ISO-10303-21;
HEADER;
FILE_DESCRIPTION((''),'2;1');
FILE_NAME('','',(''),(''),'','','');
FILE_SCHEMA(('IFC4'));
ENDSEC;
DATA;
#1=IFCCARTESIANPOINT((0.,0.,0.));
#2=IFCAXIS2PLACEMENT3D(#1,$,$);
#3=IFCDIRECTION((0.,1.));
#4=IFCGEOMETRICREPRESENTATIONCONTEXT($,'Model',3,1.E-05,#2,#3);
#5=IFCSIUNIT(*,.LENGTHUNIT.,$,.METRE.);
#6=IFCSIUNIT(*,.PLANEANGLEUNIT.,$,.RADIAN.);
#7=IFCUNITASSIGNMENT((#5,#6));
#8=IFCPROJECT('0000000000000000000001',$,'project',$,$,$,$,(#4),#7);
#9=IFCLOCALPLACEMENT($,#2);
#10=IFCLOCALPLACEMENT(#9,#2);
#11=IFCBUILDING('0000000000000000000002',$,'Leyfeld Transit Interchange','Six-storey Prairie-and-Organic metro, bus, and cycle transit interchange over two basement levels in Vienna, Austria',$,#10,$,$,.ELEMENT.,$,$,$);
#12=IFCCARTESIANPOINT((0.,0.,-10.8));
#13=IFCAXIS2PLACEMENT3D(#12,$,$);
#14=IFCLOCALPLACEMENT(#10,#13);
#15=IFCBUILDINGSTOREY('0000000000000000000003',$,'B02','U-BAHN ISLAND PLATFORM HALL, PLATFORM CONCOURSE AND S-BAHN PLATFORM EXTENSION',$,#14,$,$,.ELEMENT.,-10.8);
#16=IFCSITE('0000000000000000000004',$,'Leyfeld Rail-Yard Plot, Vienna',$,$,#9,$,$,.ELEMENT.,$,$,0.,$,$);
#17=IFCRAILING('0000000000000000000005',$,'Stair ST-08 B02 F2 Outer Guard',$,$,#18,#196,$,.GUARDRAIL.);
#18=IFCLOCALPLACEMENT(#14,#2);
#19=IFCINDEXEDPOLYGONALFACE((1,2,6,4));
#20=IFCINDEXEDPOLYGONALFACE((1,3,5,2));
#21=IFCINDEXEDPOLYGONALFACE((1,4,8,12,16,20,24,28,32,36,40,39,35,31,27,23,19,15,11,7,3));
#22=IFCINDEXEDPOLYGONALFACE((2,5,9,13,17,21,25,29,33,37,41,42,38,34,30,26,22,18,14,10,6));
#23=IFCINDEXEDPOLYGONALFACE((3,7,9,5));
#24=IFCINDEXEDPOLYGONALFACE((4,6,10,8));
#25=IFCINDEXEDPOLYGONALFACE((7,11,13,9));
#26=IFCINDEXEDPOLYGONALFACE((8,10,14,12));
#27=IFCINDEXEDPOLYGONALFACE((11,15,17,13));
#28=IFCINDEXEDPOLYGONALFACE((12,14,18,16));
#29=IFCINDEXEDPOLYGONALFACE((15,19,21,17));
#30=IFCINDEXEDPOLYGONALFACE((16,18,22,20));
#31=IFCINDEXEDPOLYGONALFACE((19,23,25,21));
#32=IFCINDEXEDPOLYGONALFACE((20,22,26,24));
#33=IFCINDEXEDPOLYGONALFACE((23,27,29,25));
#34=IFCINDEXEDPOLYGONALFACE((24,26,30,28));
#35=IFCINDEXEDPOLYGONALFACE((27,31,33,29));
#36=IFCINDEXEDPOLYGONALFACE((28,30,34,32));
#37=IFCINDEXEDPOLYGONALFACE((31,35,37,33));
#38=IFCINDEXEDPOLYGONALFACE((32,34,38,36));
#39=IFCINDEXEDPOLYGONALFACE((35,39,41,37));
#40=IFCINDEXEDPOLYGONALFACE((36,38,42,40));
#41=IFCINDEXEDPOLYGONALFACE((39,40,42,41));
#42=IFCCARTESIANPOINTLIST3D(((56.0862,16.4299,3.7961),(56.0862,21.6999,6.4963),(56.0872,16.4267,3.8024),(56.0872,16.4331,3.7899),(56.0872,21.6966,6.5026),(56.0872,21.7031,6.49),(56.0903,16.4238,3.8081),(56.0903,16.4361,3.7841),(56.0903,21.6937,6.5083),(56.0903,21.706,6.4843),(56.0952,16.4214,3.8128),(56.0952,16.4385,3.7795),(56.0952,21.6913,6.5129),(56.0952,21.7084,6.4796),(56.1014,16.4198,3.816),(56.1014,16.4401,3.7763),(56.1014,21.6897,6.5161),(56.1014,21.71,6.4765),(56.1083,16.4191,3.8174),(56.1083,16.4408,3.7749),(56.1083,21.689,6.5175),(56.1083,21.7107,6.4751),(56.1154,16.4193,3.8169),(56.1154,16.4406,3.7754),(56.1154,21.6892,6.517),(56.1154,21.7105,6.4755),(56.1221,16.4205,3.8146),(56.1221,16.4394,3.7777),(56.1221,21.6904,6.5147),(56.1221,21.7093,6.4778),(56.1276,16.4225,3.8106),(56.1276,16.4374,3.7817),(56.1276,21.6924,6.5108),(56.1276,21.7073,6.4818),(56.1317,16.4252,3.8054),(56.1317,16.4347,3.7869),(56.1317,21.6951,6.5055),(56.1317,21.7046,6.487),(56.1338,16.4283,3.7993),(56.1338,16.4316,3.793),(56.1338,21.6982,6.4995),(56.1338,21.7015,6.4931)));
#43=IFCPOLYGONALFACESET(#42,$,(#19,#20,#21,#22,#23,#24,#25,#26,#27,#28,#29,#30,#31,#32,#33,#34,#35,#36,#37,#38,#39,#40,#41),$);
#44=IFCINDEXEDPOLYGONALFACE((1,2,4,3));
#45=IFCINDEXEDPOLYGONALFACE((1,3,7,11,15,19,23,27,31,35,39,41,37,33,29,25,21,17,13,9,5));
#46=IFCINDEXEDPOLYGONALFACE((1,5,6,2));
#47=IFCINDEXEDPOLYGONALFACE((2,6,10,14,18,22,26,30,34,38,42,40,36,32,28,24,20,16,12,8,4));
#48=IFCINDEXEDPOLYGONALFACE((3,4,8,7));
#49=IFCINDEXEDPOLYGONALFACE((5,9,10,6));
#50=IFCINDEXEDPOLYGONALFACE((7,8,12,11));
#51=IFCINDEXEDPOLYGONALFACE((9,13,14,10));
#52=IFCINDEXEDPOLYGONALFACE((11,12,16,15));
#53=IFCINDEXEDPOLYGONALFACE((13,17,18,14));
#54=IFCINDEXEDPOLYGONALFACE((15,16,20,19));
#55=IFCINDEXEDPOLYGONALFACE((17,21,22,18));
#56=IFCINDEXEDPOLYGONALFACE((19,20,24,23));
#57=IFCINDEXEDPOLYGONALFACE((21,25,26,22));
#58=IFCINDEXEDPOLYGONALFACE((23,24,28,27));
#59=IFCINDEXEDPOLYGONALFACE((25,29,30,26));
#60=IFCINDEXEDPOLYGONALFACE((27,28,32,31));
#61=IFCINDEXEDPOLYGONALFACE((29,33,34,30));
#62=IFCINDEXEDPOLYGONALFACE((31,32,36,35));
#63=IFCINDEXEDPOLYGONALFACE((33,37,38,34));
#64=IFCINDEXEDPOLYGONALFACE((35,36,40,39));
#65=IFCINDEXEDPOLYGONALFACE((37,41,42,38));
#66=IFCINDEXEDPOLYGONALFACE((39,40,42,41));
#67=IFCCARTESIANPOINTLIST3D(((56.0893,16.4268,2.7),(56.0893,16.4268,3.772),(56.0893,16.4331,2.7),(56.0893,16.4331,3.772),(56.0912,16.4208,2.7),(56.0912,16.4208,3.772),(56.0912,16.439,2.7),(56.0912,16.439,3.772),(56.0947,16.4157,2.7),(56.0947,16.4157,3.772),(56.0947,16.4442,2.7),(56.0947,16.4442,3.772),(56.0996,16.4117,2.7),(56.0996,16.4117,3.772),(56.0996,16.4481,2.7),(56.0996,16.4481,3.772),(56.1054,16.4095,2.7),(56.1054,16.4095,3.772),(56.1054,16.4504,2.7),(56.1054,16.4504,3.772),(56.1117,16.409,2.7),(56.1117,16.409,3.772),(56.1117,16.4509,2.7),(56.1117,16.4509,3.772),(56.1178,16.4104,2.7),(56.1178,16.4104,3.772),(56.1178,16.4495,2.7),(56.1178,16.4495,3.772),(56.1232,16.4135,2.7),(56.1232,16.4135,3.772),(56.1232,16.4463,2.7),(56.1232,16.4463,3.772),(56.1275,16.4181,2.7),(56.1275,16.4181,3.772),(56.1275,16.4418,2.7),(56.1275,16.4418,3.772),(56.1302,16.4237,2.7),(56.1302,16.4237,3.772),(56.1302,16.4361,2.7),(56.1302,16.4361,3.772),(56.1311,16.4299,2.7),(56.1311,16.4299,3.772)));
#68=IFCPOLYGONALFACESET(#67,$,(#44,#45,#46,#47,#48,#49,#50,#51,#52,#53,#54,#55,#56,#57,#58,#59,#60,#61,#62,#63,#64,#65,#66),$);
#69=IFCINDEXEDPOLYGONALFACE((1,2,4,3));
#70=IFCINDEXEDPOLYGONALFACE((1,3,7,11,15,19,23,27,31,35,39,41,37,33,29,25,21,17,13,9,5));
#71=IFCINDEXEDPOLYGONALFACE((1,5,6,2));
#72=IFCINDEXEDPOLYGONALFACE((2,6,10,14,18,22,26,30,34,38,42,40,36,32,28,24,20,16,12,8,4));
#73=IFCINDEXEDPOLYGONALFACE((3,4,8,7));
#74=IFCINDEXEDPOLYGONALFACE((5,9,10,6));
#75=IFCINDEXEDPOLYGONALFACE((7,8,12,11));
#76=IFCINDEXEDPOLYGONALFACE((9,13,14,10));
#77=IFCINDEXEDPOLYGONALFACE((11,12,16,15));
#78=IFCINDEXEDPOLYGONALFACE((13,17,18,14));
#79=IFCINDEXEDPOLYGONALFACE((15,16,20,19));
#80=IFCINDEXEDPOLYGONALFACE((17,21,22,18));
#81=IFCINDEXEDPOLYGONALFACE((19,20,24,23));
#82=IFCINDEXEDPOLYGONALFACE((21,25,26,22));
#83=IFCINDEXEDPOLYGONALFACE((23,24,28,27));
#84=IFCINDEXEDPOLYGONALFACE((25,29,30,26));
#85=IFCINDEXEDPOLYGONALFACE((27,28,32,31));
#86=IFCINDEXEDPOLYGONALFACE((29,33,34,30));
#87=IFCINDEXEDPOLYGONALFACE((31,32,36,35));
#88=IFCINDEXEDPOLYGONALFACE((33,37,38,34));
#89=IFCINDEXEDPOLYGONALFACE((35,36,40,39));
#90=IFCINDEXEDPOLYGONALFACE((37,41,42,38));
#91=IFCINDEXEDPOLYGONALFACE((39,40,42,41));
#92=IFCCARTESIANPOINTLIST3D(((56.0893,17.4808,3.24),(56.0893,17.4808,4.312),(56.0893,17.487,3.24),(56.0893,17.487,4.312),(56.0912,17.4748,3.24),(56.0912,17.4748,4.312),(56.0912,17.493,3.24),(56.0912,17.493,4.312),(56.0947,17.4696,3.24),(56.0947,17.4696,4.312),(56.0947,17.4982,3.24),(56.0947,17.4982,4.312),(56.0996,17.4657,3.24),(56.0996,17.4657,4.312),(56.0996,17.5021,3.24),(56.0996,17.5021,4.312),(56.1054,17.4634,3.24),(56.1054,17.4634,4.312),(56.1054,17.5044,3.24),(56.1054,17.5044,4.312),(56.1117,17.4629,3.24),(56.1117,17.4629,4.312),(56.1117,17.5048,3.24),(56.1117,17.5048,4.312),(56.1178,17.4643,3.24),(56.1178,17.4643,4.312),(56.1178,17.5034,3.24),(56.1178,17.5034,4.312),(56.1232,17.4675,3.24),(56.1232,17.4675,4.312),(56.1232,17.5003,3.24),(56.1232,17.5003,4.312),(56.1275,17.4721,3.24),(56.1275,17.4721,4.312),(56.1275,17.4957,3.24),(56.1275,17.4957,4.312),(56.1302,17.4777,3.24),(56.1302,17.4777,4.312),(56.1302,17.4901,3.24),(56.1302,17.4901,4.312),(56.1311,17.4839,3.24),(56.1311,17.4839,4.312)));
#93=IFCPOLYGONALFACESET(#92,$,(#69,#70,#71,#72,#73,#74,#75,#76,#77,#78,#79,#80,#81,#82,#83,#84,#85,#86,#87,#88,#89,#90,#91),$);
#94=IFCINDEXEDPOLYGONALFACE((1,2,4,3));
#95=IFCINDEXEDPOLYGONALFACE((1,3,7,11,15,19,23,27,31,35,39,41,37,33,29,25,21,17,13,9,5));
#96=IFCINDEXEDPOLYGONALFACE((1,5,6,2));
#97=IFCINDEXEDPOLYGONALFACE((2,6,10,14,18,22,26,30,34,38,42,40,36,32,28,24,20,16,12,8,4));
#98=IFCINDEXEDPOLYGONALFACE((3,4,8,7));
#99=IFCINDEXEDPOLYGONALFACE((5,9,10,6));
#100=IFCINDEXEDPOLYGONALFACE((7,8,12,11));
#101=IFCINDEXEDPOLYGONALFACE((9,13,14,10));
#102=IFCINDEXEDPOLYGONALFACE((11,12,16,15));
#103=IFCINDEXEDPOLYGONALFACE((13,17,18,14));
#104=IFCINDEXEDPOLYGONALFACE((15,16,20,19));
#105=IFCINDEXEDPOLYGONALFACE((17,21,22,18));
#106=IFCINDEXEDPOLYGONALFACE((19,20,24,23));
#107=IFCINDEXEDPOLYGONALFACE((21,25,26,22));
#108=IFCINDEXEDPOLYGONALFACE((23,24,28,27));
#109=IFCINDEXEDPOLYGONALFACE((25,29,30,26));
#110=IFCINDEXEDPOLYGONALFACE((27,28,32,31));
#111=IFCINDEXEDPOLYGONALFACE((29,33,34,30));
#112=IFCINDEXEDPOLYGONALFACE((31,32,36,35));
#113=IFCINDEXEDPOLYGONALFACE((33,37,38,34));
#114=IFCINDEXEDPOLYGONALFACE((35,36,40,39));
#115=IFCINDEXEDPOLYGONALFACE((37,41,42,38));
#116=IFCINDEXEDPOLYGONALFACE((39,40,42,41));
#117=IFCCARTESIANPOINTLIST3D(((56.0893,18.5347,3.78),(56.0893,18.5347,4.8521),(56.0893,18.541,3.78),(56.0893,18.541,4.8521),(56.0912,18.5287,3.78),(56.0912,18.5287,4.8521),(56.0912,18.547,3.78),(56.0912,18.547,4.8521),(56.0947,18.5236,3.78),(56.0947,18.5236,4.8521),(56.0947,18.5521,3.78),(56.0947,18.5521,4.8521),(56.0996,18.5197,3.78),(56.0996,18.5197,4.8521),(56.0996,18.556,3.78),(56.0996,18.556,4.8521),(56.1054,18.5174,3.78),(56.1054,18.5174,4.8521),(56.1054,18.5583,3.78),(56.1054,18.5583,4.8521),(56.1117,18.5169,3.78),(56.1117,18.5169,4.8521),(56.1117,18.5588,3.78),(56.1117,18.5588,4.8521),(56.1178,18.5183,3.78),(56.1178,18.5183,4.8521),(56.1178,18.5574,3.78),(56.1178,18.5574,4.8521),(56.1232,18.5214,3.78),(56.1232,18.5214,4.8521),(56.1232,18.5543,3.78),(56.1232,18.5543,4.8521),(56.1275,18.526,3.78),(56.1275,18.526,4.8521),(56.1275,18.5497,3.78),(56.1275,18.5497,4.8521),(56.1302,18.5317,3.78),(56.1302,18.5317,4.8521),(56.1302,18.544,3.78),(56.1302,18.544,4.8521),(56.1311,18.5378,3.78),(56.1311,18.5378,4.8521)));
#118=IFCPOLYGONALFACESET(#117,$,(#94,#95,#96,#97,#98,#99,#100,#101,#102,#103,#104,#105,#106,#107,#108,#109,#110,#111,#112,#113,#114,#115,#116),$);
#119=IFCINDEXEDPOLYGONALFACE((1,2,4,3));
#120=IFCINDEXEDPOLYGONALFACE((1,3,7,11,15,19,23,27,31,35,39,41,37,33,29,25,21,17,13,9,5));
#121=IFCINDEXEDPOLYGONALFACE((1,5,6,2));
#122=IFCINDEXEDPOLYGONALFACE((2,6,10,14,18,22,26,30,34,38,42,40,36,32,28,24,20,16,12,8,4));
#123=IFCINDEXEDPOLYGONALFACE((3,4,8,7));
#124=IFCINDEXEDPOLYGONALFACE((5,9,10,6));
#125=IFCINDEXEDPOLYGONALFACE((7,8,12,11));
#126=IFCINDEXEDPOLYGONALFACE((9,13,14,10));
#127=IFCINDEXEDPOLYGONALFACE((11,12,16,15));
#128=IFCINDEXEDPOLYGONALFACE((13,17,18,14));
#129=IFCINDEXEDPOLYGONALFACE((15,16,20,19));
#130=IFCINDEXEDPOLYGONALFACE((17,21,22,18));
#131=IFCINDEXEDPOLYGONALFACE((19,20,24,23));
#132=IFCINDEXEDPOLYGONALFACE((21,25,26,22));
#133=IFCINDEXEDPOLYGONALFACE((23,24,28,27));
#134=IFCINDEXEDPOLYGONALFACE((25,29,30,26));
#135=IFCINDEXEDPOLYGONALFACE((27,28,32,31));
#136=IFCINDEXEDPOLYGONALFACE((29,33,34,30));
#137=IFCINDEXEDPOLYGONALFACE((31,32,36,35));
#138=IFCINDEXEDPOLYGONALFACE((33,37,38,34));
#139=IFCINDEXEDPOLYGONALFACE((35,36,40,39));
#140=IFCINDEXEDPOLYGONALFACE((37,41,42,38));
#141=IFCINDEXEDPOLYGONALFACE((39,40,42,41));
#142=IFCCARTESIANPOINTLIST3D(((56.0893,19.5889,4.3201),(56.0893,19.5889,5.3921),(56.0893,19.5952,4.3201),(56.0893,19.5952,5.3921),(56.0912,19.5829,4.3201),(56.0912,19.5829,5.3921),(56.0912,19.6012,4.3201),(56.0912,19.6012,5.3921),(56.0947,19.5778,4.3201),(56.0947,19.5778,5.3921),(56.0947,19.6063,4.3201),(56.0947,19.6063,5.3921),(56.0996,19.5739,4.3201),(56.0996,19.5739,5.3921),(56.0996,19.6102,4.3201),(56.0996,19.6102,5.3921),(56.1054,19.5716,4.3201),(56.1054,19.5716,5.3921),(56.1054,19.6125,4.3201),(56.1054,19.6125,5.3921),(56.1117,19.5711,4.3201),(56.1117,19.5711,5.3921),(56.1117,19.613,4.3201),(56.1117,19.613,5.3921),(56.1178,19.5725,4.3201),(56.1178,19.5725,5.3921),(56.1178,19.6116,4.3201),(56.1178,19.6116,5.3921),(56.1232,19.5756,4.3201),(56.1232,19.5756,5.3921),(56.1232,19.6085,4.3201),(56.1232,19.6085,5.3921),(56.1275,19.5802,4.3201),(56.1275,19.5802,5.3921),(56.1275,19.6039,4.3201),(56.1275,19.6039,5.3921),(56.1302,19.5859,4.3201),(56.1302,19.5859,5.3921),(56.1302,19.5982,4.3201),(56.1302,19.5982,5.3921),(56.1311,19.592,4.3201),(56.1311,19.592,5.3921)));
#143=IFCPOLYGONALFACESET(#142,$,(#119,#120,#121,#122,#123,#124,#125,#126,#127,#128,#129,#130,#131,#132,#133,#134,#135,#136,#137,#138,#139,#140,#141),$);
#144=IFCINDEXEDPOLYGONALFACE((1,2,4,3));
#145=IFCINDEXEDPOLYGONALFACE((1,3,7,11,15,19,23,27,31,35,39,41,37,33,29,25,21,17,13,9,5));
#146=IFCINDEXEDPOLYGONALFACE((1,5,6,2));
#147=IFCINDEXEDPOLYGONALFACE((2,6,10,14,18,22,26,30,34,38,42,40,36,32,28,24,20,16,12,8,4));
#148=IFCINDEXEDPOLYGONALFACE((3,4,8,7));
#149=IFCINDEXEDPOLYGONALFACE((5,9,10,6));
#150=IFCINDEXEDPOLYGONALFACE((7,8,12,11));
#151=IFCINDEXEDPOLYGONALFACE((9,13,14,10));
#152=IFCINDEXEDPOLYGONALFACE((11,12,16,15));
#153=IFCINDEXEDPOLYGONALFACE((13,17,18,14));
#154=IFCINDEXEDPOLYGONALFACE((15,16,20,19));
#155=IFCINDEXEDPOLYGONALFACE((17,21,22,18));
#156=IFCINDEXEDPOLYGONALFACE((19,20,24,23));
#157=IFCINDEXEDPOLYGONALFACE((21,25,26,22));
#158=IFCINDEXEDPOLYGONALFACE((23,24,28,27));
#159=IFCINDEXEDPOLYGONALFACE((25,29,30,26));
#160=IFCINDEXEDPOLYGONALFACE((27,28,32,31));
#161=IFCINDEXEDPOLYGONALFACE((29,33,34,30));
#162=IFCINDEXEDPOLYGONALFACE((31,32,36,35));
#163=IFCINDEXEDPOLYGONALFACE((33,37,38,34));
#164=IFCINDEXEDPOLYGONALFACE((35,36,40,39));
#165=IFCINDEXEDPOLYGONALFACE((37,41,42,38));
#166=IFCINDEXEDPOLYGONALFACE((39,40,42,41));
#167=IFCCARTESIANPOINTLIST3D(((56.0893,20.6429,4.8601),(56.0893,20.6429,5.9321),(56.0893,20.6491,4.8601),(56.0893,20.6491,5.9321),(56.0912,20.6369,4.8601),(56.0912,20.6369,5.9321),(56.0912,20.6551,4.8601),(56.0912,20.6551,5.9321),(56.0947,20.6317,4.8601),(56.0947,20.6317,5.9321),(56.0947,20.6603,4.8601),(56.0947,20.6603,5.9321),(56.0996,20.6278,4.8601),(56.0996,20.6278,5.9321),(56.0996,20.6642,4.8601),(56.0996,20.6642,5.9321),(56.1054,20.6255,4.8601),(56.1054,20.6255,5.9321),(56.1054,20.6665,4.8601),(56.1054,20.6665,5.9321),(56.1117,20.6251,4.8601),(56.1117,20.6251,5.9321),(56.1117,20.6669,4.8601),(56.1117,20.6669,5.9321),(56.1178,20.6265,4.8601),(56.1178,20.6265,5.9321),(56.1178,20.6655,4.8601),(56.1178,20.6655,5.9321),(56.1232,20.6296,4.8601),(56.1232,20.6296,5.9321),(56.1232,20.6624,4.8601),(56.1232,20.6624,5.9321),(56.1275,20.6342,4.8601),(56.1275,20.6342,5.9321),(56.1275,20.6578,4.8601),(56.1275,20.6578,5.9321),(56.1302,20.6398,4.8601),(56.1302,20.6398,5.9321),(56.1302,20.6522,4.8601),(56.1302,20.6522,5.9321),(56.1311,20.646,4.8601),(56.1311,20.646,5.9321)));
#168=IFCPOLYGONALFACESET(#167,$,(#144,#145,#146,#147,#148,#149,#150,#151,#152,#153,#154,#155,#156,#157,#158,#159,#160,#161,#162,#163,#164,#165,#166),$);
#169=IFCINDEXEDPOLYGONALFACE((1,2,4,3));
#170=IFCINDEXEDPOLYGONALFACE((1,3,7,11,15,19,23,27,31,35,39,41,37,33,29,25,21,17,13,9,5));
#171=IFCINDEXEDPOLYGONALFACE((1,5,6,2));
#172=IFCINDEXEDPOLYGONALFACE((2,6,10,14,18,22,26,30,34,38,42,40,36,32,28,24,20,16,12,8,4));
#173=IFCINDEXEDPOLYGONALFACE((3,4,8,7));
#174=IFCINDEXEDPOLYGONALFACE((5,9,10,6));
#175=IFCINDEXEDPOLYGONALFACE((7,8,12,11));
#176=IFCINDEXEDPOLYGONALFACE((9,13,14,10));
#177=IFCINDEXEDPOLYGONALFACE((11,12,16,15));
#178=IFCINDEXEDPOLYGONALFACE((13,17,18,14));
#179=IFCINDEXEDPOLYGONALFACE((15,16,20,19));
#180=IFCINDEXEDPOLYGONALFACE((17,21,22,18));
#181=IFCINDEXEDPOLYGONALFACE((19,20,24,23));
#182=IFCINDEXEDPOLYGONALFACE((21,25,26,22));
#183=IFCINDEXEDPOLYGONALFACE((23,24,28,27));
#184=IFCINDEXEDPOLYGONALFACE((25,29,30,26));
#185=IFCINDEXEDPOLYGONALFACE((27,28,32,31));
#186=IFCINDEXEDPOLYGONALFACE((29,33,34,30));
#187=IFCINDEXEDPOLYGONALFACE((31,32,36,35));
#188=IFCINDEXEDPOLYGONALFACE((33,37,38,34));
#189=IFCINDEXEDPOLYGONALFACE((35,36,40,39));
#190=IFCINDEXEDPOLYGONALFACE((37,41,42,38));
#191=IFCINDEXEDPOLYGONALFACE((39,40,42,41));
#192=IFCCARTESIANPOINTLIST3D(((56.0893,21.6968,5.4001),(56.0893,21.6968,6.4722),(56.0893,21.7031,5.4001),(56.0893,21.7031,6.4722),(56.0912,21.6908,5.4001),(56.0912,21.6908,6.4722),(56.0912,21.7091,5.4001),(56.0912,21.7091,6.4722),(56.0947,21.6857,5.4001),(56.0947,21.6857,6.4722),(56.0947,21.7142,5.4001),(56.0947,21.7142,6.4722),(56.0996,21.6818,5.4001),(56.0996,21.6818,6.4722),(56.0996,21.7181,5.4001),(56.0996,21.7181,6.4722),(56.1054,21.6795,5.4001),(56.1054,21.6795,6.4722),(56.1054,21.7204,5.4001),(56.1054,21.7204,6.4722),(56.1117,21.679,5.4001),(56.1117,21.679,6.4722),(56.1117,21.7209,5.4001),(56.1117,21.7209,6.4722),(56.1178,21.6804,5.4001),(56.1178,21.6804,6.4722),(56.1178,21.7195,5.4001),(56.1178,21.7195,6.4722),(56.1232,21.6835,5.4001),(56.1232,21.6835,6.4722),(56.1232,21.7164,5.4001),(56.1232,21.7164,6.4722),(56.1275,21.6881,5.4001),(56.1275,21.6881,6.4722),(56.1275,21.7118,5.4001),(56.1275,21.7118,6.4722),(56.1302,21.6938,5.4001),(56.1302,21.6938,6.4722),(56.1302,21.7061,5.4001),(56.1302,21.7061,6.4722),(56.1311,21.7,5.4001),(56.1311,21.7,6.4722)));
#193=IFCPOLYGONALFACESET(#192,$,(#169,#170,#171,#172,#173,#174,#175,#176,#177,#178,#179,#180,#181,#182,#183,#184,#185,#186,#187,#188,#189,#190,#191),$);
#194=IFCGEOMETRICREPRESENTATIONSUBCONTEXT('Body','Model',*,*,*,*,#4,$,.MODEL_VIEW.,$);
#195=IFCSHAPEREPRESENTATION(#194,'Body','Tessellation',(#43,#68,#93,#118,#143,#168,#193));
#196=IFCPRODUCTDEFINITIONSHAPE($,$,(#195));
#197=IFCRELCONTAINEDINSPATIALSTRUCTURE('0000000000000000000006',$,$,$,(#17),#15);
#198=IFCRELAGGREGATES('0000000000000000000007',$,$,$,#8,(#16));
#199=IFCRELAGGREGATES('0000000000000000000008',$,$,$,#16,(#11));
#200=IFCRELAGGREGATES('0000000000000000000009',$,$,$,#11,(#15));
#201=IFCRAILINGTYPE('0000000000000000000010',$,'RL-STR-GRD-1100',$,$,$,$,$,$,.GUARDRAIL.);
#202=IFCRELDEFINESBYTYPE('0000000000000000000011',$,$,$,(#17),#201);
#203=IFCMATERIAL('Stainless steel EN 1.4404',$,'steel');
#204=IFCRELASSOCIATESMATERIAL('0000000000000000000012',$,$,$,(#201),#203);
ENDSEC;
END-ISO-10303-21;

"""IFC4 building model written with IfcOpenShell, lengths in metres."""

from ifc_helpers import new_model, si_unit, direction, frame, origin, origin_2d, place, context, subcontext, project, spatial, circle, extrude, material, type_object, element, save


model = new_model("IFC4")

# Units and contexts
model_context = context("Model", 3, precision=1e-05, world=origin(), true_north=direction((0.0, 1.0)))
body_context = subcontext(model_context, "Body", "Model", "MODEL_VIEW")
ifc_project = project(units=[si_unit("LENGTHUNIT", "METRE"), si_unit("PLANEANGLEUNIT", "RADIAN")], contexts=[model_context])

# Site, building, storey
site_placement = place(None, origin())
site = spatial("IfcSite", under=ifc_project, at=site_placement, Name="Leyfeld Rail-Yard Plot, Vienna", CompositionType="ELEMENT", RefElevation=0.0)
building_placement = place(site_placement, origin())
building = spatial("IfcBuilding", under=site, at=building_placement, Name="Leyfeld Transit Interchange", Description="Six-storey Prairie-and-Organic metro, bus, and cycle transit interchange over two basement levels in Vienna, Austria", CompositionType="ELEMENT")
storey_placement = place(building_placement, frame((0.0, 0.0, -10.8)))
storey = spatial("IfcBuildingStorey", under=building, at=storey_placement, Name="B02", Description="U-BAHN ISLAND PLATFORM HALL, PLATFORM CONCOURSE AND S-BAHN PLATFORM EXTENSION", CompositionType="ELEMENT", Elevation=-10.8)

# Railing
ifc_material_1 = material(Name="Stainless steel EN 1.4404", Category="steel")
railing_type_1 = type_object("IfcRailingType", Name="RL-STR-GRD-1100", PredefinedType="GUARDRAIL", material=ifc_material_1)
for number, where, name in (
    (1, (56.1101, 16.4299, 2.7), "Stair ST-08 B02 F2 Outer Guard"),
):
    element("IfcRailing", number, at=place(storey_placement, frame(where)), inside=storey, type_object=railing_type_1, Name=name, PredefinedType="GUARDRAIL", context=body_context, shape_type="SweptSolid", body=[
        extrude(circle(Radius=0.0239, at=origin_2d()), frame((0.0, 0.0, 1.0962), z_axis=(0.0, 0.889981, 0.455999), x_axis=(-1.0, 0.0, 0.0)), (0.0, 0.0, 1.0), 5.9214),
        extrude(circle(Radius=0.021, at=origin_2d()), origin(), (0.0, 0.0, 1.0), 1.072),
        extrude(circle(Radius=0.021, at=origin_2d()), frame((0.0, 1.054, 0.54)), (0.0, 0.0, 1.0), 1.072),
        extrude(circle(Radius=0.021, at=origin_2d()), frame((0.0, 2.1079, 1.0801)), (0.0, 0.0, 1.0), 1.072),
        extrude(circle(Radius=0.021, at=origin_2d()), frame((0.0, 3.1621, 1.6201)), (0.0, 0.0, 1.0), 1.072),
        extrude(circle(Radius=0.021, at=origin_2d()), frame((0.0, 4.2161, 2.1602)), (0.0, 0.0, 1.0), 1.072),
        extrude(circle(Radius=0.021, at=origin_2d()), frame((0.0, 5.27, 2.7002)), (0.0, 0.0, 1.0), 1.072),
    ])

save(model, "model.ifc")
